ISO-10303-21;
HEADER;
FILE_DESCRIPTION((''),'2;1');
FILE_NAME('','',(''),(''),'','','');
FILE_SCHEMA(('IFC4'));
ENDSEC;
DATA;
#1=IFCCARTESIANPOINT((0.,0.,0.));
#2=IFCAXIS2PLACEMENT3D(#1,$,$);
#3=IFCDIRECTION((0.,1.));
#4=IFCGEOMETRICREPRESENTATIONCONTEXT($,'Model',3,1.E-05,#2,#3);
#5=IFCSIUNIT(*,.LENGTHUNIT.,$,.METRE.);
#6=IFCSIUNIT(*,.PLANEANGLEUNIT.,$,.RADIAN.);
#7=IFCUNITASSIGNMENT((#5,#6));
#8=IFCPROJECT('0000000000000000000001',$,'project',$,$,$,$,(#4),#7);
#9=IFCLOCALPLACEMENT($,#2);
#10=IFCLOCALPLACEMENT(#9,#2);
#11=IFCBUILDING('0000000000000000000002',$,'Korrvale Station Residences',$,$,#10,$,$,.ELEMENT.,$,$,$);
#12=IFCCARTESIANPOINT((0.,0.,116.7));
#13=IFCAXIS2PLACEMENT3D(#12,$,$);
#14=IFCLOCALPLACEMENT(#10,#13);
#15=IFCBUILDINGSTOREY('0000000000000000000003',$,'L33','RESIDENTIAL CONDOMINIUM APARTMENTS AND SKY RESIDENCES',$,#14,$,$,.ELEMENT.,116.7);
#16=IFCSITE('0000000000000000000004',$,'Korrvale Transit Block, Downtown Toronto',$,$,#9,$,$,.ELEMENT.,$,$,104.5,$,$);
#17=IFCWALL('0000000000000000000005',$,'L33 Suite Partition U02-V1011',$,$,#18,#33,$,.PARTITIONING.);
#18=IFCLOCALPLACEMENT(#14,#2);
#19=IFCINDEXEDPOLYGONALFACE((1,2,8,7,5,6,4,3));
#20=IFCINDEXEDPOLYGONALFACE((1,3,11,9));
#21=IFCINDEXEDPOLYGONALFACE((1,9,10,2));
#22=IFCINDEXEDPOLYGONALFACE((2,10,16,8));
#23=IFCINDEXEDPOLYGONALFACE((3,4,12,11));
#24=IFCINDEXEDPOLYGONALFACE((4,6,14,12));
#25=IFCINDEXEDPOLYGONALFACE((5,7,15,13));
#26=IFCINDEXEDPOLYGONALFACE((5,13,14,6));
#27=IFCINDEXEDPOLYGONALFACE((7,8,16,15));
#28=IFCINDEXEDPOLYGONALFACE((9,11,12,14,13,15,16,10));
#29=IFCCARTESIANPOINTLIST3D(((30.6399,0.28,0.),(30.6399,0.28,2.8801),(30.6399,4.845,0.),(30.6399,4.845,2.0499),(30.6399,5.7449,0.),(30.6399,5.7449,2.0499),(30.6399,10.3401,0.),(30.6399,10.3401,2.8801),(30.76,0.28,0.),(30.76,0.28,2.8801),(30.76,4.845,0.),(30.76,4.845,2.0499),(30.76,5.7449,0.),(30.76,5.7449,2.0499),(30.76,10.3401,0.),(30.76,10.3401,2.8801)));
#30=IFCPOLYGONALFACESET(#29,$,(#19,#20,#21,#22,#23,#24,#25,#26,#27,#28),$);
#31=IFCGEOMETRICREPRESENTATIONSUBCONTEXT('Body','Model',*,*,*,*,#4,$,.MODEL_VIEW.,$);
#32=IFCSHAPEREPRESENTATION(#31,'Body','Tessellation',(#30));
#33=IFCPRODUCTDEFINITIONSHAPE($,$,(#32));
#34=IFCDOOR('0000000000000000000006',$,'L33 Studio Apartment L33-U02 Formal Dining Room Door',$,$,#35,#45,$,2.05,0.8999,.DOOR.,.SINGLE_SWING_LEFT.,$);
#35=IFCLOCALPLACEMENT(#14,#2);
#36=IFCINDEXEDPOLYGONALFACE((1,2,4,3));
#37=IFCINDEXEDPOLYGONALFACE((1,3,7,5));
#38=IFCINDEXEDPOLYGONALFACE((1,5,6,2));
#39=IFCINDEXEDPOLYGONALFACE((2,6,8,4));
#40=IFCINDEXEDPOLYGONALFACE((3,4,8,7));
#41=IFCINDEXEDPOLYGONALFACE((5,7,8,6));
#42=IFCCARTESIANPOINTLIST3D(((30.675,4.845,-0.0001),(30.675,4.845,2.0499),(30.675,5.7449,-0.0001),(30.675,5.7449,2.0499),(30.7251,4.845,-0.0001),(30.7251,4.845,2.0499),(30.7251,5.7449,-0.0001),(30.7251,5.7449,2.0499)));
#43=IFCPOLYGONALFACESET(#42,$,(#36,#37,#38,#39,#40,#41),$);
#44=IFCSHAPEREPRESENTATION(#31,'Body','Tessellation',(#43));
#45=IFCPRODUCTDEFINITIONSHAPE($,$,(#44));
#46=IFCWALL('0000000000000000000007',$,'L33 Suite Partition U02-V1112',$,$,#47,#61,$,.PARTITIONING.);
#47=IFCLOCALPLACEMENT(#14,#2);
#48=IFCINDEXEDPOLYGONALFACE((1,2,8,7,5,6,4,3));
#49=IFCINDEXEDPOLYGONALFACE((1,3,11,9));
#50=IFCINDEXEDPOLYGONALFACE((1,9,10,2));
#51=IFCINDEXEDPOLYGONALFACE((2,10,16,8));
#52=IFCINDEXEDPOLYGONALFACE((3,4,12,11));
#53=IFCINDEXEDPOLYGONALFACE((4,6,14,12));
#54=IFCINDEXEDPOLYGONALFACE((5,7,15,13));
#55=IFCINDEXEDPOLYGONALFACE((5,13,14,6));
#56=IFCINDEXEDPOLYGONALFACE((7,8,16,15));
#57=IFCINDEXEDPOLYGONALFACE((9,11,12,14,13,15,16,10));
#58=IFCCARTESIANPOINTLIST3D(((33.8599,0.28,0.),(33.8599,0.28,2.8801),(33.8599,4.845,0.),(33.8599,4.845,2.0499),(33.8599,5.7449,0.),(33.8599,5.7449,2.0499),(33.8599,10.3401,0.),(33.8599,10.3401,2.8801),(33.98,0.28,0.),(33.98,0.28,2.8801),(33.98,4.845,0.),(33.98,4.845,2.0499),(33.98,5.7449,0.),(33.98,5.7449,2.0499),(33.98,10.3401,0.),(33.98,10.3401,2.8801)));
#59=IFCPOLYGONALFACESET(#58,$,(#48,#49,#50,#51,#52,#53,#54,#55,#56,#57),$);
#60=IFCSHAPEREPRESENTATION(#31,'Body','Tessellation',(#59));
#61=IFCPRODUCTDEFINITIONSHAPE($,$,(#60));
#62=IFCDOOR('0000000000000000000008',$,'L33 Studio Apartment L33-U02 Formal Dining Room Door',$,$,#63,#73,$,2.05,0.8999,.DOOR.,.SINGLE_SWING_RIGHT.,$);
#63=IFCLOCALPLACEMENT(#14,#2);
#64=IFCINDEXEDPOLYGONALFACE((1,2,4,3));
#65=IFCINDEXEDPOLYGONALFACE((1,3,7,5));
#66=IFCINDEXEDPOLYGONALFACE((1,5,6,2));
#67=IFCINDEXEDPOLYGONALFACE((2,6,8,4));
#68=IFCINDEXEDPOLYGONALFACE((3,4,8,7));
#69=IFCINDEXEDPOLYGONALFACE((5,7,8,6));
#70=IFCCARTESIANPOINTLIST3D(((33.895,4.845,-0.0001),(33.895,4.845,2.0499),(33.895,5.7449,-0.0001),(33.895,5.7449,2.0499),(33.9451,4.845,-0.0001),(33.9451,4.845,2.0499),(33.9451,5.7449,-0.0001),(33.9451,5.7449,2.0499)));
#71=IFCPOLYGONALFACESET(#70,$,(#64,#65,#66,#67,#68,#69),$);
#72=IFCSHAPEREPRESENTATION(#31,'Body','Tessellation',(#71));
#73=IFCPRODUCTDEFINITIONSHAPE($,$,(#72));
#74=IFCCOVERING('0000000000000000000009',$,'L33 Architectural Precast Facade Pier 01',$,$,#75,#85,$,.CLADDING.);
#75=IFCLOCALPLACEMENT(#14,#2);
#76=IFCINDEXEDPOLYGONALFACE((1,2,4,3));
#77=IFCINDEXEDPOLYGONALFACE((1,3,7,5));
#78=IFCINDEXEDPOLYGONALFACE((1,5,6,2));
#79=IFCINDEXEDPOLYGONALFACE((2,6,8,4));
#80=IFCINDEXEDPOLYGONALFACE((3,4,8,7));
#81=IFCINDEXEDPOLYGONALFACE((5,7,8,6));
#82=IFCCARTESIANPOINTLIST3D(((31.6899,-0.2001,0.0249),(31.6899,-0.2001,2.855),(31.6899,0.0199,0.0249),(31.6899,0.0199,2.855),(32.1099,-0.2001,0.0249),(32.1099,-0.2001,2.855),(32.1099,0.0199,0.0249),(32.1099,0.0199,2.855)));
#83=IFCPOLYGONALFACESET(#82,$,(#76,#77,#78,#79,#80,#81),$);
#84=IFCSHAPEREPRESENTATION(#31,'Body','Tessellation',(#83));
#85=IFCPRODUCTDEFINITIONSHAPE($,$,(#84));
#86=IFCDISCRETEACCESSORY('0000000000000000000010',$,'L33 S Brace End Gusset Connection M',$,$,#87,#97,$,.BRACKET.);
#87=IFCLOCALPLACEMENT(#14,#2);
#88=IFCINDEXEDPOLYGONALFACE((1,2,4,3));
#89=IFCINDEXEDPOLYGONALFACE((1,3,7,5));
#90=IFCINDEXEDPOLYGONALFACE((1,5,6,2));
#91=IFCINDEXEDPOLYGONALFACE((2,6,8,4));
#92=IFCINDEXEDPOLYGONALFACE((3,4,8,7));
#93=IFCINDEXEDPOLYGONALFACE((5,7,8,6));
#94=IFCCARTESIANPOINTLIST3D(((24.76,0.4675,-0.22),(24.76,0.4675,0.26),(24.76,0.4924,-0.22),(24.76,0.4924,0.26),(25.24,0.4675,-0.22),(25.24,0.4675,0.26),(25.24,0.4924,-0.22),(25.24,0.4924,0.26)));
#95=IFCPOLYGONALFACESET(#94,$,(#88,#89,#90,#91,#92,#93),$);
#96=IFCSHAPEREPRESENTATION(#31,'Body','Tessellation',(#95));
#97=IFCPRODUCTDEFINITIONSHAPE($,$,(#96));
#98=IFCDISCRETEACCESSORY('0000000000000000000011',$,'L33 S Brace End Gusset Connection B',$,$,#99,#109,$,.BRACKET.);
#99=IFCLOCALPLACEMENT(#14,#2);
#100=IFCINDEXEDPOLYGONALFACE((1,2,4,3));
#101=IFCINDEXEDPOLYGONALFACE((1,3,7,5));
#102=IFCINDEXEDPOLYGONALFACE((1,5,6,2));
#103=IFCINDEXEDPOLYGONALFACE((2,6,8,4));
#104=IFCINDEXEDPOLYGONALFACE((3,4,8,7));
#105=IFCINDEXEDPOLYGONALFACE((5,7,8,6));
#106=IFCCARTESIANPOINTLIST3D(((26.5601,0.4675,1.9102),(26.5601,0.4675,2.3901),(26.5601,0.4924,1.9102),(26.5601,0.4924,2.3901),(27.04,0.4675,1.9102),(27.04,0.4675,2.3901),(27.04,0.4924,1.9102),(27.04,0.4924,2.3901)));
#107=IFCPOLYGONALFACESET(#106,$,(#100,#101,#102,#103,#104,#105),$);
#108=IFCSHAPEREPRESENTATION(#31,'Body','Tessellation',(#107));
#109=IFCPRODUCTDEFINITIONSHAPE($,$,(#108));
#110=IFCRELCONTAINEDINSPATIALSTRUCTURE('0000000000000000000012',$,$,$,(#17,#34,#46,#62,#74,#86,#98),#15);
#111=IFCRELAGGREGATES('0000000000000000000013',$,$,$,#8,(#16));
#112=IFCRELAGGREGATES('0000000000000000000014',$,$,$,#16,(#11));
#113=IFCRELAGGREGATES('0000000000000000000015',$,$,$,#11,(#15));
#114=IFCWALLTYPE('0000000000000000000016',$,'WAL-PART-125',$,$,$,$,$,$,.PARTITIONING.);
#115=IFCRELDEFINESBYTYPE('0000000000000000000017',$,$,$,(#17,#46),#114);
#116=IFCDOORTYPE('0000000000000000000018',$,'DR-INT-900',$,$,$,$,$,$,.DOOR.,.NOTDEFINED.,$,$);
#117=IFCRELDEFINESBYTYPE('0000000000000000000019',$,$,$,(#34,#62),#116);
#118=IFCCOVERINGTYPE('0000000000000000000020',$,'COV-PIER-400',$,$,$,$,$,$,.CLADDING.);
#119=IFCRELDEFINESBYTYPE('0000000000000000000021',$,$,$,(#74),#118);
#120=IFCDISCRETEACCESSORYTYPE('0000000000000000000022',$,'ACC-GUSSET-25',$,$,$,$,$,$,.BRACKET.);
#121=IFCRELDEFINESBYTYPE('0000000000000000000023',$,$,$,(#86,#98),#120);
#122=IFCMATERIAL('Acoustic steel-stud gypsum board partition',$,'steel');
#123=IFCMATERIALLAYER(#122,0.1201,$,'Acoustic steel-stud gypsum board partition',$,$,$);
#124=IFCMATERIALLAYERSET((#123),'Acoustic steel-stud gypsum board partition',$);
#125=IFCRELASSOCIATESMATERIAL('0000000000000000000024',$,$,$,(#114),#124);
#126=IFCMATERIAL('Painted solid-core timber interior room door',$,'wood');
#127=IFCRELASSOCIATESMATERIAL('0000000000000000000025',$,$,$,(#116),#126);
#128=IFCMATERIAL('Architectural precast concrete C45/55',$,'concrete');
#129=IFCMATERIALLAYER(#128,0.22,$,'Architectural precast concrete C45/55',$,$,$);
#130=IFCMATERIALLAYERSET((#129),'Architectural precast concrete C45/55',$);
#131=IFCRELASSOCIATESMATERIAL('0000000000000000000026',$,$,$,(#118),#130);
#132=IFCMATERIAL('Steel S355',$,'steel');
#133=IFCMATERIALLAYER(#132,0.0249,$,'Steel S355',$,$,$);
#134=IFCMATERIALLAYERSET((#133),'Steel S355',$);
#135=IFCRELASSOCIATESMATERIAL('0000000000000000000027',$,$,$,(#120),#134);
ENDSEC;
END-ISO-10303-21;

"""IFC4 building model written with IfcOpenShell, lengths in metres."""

from ifc_helpers import new_model, si_unit, direction, frame, frame_2d, origin, origin_2d, place, context, subcontext, project, spatial, rectangle, extrude, material, layer, layer_set, type_object, element, fill, save


model = new_model("IFC4")

# Units and contexts
model_context = context("Model", 3, precision=1e-05, world=origin(), true_north=direction((0.0, 1.0)))
body_context = subcontext(model_context, "Body", "Model", "MODEL_VIEW")
ifc_project = project(units=[si_unit("LENGTHUNIT", "METRE"), si_unit("PLANEANGLEUNIT", "RADIAN")], contexts=[model_context])

# Site, building, storey
site_placement = place(None, origin())
site = spatial("IfcSite", under=ifc_project, at=site_placement, Name="Korrvale Transit Block, Downtown Toronto", CompositionType="ELEMENT", RefElevation=104.5)
building_placement = place(site_placement, origin())
building = spatial("IfcBuilding", under=site, at=building_placement, Name="Korrvale Station Residences", CompositionType="ELEMENT")
storey_placement = place(building_placement, frame((0.0, 0.0, 116.7)))
storey = spatial("IfcBuildingStorey", under=building, at=storey_placement, Name="L33", Description="RESIDENTIAL CONDOMINIUM APARTMENTS AND SKY RESIDENCES", CompositionType="ELEMENT", Elevation=116.7)

# Shared definitions
ifc_material_1 = material(Name="Steel S355", Category="steel")

# Shared definitions
ifc_material_2 = material(Name="Acoustic steel-stud gypsum board partition", Category="steel")
ifc_layer_1 = layer(ifc_material_2, 0.1201, Name="Acoustic steel-stud gypsum board partition")
ifc_layer_set_1 = layer_set([ifc_layer_1], Name="Acoustic steel-stud gypsum board partition")
wall_type = type_object("IfcWallType", Name="WAL-PART-125", PredefinedType="PARTITIONING", material=ifc_layer_set_1)
ifc_material_3 = material(Name="Painted solid-core timber interior room door", Category="wood")
door_type = type_object("IfcDoorType", Name="DR-INT-900", OperationType="NOTDEFINED", PredefinedType="DOOR", material=ifc_material_3)

# Walls, openings, doors
wall_1_placement = place(storey_placement, frame((30.7, 0.28, 0.0), z_axis=(0.0, 0.0, 1.0), x_axis=(0.0, 1.0, 0.0)))
wall_1 = element("IfcWall", 1, at=wall_1_placement, inside=storey, type_object=wall_type, Name="L33 Suite Partition U02-V1011", PredefinedType="PARTITIONING", context=body_context, shape_type="SweptSolid", body=[
    extrude(rectangle(XDim=10.0601, YDim=0.1201, at=frame_2d((5.03, 0.0))), origin(), (0.0, 0.0, 1.0), 2.8801),
])
opening_1_placement = place(wall_1_placement, frame((4.5649, 0.0, 0.0)))
opening_1 = element("IfcOpeningElement", 2, at=opening_1_placement, cuts=wall_1, PredefinedType="OPENING", context=body_context, shape_type="SweptSolid", body=[
    extrude(rectangle(XDim=0.8999, YDim=2.05, at=frame_2d((0.45, 1.0249))), frame((0.0, 0.0701, 0.0), z_axis=(0.0, -1.0, 0.0), x_axis=(1.0, 0.0, 0.0)), (0.0, 0.0, 1.0), 0.1401),
])
door_1_placement = place(opening_1_placement, origin())
door_1 = element("IfcDoor", 3, at=door_1_placement, inside=storey, type_object=door_type, Name="L33 Studio Apartment L33-U02 Formal Dining Room Door", OperationType="SINGLE_SWING_LEFT", OverallHeight=2.05, OverallWidth=0.8999, PredefinedType="DOOR", context=body_context, shape_type="SweptSolid", body=[
    extrude(rectangle(XDim=0.8999, YDim=2.05, at=frame_2d((0.45, 1.0249))), frame((0.0, 0.0249, 0.0), z_axis=(0.0, -1.0, 0.0), x_axis=(1.0, 0.0, 0.0)), (0.0, 0.0, 1.0), 0.05),
])
fill(opening_1, door_1)
wall_2_placement = place(storey_placement, frame((33.9199, 0.28, 0.0), z_axis=(0.0, 0.0, 1.0), x_axis=(0.0, 1.0, 0.0)))
wall_2 = element("IfcWall", 4, at=wall_2_placement, inside=storey, type_object=wall_type, Name="L33 Suite Partition U02-V1112", PredefinedType="PARTITIONING", context=body_context, shape_type="SweptSolid", body=[
    extrude(rectangle(XDim=10.0601, YDim=0.1201, at=frame_2d((5.03, 0.0))), origin(), (0.0, 0.0, 1.0), 2.8801),
])
opening_2_placement = place(wall_2_placement, frame((4.5649, 0.0, 0.0)))
opening_2 = element("IfcOpeningElement", 5, at=opening_2_placement, cuts=wall_2, PredefinedType="OPENING", context=body_context, shape_type="SweptSolid", body=[
    extrude(rectangle(XDim=0.8999, YDim=2.05, at=frame_2d((0.45, 1.0249))), frame((0.0, 0.0701, 0.0), z_axis=(0.0, -1.0, 0.0), x_axis=(1.0, 0.0, 0.0)), (0.0, 0.0, 1.0), 0.1401),
])
door_2_placement = place(opening_2_placement, origin())
door_2 = element("IfcDoor", 6, at=door_2_placement, inside=storey, type_object=door_type, Name="L33 Studio Apartment L33-U02 Formal Dining Room Door", OperationType="SINGLE_SWING_RIGHT", OverallHeight=2.05, OverallWidth=0.8999, PredefinedType="DOOR", context=body_context, shape_type="SweptSolid", body=[
    extrude(rectangle(XDim=0.8999, YDim=2.05, at=frame_2d((0.45, 1.0249))), frame((0.0, 0.0249, 0.0), z_axis=(0.0, -1.0, 0.0), x_axis=(1.0, 0.0, 0.0)), (0.0, 0.0, 1.0), 0.05),
])
fill(opening_2, door_2)

# Covering
ifc_material_4 = material(Name="Architectural precast concrete C45/55", Category="concrete")
ifc_layer_2 = layer(ifc_material_4, 0.22, Name="Architectural precast concrete C45/55")
ifc_layer_set_2 = layer_set([ifc_layer_2], Name="Architectural precast concrete C45/55")
covering_type = type_object("IfcCoveringType", Name="COV-PIER-400", PredefinedType="CLADDING", material=ifc_layer_set_2)
covering_placement = place(storey_placement, frame((31.8999, -0.0901, 0.0249), z_axis=(0.0, 0.0, 1.0), x_axis=(1.0, 0.0, 0.0)))
element("IfcCovering", 7, at=covering_placement, inside=storey, type_object=covering_type, Name="L33 Architectural Precast Facade Pier 01", PredefinedType="CLADDING", context=body_context, shape_type="SweptSolid", body=[
    extrude(rectangle(XDim=0.4199, YDim=0.22, at=origin_2d()), origin(), (0.0, 0.0, 1.0), 2.8301),
])

# Discrete accessories
ifc_layer_3 = layer(ifc_material_1, 0.0249, Name="Steel S355")
ifc_layer_set_3 = layer_set([ifc_layer_3], Name="Steel S355")
discrete_accessory_type = type_object("IfcDiscreteAccessoryType", Name="ACC-GUSSET-25", PredefinedType="BRACKET", material=ifc_layer_set_3)
for number, where, z_axis, x_axis, name in (
    (8, (25.0, 0.48, -0.22), (0.0, 0.0, 1.0), (1.0, 0.0, 0.0), "L33 S Brace End Gusset Connection M"),
    (9, (26.8, 0.48, 1.9102), (0.0, 0.0, 1.0), (1.0, 0.0, 0.0), "L33 S Brace End Gusset Connection B"),
):
    element("IfcDiscreteAccessory", number, at=place(storey_placement, frame(where, z_axis=z_axis, x_axis=x_axis)), inside=storey, type_object=discrete_accessory_type, Name=name, PredefinedType="BRACKET", context=body_context, shape_type="SweptSolid", body=[
        extrude(rectangle(XDim=0.48, YDim=0.0249, at=origin_2d()), origin(), (0.0, 0.0, 1.0), 0.48),
    ])

save(model, "model.ifc")
